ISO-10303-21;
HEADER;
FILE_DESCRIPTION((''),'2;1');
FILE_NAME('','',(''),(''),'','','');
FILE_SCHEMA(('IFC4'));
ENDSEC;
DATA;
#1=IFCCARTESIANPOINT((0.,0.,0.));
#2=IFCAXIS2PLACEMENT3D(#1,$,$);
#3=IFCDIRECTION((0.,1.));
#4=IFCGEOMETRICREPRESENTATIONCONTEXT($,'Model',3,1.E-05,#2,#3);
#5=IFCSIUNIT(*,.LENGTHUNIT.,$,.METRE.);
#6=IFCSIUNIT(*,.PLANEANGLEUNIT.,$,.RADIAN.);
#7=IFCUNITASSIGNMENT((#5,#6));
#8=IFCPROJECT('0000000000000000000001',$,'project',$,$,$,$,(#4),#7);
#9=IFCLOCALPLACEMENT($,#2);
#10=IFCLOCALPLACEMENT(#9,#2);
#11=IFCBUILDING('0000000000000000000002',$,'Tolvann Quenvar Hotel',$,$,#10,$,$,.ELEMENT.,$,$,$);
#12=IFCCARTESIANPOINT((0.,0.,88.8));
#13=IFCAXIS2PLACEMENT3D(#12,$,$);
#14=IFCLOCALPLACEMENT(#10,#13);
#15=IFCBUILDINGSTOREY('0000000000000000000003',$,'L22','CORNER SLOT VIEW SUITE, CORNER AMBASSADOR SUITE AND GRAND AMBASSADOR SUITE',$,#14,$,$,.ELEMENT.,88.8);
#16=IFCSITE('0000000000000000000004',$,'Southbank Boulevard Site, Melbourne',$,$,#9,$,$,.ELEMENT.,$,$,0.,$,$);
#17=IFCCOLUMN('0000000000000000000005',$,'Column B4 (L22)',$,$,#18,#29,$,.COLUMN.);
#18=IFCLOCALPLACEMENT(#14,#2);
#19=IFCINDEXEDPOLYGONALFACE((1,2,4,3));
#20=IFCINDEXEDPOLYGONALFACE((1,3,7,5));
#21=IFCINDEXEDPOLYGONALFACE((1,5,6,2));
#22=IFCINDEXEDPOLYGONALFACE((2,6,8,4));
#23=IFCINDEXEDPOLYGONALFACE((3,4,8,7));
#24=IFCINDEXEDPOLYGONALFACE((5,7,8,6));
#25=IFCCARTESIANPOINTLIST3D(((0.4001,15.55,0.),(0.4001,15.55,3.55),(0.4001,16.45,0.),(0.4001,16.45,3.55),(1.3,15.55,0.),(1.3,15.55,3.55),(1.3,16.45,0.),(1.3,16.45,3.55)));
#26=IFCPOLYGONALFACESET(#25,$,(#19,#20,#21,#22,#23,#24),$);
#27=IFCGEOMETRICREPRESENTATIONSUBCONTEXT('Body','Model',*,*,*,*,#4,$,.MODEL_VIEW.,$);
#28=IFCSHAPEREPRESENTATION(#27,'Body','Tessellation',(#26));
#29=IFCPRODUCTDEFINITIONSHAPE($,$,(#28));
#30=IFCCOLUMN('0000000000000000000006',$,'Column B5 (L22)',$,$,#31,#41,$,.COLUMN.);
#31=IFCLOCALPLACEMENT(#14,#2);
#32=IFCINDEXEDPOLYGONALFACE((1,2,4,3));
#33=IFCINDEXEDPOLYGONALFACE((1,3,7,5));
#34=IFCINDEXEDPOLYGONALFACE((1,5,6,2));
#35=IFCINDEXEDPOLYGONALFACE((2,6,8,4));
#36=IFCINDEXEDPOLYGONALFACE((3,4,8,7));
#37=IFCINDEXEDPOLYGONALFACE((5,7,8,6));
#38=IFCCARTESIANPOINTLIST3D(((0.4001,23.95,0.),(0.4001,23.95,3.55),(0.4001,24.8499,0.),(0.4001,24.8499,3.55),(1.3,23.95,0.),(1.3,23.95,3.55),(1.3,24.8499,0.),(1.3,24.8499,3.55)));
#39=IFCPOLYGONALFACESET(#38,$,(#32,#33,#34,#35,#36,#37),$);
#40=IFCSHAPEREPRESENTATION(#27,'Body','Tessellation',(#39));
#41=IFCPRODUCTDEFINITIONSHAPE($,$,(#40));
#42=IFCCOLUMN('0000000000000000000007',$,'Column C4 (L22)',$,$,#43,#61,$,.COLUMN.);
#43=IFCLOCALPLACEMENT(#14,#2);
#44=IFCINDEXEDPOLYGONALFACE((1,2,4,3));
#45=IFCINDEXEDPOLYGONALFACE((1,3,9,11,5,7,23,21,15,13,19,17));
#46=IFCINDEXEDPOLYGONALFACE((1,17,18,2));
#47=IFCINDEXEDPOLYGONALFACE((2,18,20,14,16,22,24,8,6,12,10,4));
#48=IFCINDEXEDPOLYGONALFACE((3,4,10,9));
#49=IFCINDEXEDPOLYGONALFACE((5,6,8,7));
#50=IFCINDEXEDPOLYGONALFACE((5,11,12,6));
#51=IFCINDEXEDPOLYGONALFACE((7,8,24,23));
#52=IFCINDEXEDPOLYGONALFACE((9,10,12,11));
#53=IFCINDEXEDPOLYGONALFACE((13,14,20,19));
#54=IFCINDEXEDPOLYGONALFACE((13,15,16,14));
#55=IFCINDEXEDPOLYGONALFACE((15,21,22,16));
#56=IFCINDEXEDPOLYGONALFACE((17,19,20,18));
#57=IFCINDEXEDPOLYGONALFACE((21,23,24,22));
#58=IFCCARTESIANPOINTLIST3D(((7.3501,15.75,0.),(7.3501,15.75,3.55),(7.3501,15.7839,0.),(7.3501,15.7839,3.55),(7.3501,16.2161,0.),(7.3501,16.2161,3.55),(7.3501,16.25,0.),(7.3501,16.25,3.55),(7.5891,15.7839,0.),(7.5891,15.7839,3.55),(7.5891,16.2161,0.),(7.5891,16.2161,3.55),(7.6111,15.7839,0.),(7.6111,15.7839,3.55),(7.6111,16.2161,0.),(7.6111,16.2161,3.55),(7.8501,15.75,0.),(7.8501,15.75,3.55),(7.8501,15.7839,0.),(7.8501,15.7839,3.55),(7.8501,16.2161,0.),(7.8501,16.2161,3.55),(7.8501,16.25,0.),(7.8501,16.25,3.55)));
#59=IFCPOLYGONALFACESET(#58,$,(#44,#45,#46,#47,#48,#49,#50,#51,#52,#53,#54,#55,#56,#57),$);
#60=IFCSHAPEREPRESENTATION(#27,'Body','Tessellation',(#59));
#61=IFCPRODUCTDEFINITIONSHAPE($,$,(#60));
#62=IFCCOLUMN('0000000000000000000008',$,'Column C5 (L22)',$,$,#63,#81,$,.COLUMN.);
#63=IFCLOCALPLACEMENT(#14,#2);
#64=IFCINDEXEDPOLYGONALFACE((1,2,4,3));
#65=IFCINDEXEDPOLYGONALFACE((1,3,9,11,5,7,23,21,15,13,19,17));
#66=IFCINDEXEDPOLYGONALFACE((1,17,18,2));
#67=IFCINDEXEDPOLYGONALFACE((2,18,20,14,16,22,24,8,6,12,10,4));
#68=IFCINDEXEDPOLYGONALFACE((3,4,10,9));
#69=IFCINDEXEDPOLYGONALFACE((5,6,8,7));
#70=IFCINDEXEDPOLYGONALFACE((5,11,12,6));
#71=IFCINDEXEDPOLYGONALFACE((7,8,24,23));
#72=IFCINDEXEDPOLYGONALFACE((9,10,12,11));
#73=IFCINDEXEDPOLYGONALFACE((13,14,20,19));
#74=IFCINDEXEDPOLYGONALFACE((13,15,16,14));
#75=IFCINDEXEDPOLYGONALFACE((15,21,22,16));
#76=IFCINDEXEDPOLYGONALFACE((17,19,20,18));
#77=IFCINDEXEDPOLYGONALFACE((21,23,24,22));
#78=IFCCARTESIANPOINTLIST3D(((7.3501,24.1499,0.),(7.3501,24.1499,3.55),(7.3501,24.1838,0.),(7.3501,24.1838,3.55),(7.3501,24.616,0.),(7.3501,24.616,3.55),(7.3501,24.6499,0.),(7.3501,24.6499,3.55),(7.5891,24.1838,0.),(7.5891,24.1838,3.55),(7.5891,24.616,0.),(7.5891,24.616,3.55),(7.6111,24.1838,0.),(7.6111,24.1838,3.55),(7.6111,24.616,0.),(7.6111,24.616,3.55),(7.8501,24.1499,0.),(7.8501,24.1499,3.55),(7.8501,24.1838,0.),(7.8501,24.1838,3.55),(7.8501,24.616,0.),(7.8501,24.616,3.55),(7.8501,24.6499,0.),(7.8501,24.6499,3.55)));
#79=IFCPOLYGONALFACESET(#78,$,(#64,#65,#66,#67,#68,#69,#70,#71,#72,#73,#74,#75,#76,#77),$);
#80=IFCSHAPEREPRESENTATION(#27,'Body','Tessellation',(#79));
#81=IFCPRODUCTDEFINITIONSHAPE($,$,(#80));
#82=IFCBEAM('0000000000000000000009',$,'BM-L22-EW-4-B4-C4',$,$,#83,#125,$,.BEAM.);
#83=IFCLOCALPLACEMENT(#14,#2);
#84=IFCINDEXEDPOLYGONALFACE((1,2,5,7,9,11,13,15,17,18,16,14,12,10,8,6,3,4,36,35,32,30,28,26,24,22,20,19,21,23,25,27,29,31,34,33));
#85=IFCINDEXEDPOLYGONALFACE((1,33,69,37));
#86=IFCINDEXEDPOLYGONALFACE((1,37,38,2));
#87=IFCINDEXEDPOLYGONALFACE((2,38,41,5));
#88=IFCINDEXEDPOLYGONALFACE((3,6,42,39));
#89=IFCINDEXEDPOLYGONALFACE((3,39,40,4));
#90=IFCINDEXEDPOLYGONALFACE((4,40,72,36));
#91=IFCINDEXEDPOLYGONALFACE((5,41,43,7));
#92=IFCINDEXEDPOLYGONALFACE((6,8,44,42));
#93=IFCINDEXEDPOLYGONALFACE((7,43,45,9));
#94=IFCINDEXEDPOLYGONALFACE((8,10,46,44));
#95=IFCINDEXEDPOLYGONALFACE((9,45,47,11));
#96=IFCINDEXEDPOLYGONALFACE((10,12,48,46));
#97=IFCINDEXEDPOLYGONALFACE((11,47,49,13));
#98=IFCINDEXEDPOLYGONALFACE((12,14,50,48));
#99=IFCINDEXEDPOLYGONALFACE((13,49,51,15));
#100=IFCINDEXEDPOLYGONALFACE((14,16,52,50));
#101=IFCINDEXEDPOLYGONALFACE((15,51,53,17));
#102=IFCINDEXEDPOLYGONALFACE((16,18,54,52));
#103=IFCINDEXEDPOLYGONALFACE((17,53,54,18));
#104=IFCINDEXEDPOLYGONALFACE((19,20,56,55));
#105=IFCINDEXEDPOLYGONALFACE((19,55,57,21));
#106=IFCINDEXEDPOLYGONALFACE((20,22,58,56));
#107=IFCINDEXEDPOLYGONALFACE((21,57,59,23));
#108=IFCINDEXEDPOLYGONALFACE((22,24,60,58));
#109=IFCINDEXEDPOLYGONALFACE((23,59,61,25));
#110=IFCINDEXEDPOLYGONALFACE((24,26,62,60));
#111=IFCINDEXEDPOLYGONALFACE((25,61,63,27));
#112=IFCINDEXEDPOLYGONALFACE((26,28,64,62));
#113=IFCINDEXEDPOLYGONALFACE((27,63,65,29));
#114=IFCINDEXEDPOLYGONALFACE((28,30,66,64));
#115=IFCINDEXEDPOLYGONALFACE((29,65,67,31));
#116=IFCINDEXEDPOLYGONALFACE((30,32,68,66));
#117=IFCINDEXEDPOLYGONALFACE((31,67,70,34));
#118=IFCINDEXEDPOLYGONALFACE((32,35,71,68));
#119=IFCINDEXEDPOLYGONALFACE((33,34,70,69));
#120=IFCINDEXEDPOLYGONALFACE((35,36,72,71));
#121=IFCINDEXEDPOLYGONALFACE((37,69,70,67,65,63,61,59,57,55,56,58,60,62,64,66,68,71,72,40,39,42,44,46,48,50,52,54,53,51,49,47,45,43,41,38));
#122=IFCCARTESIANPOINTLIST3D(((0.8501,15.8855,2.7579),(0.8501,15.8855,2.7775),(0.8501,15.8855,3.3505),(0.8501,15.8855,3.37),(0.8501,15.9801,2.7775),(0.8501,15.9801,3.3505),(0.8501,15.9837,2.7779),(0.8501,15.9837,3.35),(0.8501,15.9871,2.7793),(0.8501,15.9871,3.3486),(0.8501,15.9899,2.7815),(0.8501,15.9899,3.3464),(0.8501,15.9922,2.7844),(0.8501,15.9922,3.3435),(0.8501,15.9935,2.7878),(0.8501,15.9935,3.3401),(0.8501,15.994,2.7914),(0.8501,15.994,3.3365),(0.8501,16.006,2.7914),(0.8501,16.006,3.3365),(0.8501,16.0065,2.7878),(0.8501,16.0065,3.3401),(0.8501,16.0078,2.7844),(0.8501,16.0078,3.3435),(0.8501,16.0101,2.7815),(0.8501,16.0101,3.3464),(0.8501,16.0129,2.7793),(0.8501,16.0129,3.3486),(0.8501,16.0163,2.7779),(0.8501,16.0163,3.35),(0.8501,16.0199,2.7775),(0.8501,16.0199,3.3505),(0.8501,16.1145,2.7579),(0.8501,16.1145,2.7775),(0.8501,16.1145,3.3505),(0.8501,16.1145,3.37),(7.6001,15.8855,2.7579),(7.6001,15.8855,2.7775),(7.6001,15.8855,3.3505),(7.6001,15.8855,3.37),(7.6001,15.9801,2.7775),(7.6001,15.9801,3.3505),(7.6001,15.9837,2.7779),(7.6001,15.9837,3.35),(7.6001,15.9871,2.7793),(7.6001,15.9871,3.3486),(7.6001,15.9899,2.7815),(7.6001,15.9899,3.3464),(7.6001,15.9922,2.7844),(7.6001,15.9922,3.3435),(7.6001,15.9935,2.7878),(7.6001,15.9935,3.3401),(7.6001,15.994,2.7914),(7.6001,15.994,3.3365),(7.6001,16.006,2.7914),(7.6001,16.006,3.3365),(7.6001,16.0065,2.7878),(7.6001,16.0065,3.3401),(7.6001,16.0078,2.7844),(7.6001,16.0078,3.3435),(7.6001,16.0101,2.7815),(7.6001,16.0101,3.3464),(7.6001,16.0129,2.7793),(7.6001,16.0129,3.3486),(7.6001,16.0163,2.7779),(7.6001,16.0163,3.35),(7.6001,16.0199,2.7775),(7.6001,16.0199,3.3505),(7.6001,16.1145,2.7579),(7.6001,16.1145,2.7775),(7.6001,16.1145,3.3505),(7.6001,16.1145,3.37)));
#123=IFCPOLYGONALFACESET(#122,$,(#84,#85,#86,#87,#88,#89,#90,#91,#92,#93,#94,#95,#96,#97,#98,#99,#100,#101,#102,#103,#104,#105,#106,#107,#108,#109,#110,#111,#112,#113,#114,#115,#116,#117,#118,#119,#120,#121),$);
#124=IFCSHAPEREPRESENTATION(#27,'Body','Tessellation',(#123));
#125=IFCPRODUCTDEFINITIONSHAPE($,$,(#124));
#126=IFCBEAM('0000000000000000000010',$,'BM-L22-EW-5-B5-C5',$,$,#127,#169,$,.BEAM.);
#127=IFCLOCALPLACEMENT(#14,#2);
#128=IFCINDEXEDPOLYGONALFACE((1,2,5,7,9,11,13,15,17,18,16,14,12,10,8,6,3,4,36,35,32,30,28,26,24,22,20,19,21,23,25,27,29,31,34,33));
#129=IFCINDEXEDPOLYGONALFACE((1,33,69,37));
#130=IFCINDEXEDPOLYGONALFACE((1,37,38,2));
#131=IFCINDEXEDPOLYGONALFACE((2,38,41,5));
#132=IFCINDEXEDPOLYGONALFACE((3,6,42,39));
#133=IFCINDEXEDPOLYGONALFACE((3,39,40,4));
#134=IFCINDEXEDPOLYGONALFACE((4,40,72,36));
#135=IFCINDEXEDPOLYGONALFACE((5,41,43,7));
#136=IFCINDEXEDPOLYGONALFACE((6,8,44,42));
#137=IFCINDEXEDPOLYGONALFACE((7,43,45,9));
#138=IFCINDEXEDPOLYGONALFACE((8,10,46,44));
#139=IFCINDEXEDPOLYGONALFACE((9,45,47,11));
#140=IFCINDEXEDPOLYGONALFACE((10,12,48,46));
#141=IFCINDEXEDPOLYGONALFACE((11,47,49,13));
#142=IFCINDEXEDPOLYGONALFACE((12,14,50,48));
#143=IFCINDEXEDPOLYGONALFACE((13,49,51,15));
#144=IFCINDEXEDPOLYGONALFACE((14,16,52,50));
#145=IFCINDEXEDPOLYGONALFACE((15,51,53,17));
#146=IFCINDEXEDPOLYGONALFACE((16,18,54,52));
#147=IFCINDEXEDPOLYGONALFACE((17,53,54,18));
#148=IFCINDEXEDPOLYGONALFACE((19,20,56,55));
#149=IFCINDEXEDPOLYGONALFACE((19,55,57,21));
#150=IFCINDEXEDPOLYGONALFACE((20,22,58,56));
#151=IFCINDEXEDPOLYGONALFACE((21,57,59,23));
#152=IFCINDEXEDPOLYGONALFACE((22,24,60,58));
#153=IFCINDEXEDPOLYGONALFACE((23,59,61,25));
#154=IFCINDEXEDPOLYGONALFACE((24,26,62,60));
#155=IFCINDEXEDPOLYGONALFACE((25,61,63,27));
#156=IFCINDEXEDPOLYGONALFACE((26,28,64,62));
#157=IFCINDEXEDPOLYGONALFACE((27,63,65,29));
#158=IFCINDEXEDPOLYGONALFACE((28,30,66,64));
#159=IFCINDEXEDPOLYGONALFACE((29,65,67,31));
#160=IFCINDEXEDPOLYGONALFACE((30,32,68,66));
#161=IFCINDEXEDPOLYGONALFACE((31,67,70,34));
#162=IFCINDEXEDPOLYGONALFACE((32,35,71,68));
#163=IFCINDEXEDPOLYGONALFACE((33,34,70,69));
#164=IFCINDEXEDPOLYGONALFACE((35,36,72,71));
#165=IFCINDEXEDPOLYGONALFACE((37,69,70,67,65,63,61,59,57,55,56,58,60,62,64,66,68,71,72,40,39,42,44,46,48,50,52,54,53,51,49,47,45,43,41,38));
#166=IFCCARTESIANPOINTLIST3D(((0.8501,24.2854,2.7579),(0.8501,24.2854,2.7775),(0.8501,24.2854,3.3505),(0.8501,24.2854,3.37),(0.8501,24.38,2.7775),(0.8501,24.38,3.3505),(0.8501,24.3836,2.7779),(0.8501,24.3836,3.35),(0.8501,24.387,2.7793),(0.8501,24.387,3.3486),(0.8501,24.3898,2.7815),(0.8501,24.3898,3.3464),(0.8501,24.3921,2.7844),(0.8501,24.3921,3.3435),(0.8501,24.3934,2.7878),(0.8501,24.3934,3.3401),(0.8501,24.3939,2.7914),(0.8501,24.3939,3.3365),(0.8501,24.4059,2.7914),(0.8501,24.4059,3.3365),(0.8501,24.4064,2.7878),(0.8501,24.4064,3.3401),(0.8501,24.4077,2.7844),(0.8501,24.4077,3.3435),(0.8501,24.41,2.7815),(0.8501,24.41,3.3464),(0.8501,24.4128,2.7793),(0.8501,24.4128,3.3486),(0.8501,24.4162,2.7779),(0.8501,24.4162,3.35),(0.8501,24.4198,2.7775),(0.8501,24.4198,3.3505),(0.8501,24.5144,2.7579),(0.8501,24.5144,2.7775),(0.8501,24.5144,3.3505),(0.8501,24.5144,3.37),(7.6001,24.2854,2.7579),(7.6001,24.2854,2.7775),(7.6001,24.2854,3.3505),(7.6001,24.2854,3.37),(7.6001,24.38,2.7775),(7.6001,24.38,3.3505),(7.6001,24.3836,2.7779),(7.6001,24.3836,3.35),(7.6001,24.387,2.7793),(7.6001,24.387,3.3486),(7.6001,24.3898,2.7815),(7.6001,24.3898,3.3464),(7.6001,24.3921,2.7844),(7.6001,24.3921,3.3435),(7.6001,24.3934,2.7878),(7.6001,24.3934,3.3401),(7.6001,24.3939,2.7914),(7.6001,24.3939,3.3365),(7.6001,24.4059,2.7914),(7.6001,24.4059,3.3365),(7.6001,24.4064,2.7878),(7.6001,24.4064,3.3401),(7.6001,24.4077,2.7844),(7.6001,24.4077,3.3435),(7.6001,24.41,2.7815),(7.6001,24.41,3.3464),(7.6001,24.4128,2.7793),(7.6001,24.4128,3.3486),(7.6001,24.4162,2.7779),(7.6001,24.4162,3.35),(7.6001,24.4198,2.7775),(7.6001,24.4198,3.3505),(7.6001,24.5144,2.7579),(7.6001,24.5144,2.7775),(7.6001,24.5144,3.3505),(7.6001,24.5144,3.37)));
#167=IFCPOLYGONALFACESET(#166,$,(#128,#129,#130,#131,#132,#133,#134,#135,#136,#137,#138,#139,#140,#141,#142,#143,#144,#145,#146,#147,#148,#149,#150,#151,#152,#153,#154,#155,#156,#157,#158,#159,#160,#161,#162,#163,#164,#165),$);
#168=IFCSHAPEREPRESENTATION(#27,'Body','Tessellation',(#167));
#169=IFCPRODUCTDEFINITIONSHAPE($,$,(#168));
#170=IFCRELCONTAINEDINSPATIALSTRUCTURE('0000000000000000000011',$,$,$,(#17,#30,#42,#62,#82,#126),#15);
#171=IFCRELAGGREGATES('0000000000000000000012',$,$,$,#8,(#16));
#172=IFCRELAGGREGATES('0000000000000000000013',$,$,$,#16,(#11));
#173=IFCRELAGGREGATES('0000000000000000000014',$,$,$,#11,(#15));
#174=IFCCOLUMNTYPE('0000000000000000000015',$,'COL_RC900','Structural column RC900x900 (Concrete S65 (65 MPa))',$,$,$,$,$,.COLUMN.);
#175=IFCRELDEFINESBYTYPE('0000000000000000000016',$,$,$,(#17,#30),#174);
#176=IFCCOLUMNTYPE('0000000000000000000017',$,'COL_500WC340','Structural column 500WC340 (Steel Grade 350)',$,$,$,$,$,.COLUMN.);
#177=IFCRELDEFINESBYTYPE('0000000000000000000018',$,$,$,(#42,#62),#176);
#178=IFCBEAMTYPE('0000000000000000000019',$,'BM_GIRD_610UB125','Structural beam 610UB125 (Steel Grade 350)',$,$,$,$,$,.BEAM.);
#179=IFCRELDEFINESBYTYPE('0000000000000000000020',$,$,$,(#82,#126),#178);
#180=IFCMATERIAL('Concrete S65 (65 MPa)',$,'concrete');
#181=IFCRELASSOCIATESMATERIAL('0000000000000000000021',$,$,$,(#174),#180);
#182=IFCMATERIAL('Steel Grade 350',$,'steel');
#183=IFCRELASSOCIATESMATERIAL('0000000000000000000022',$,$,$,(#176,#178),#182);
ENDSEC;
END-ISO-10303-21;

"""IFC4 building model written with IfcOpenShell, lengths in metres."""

from ifc_helpers import new_model, si_unit, direction, frame, origin, origin_2d, place, context, subcontext, project, spatial, rectangle, i_section, extrude, source, transform, mapped, material, material_profile, profile_set, type_object, type_shapes, element, save


model = new_model("IFC4")

# Units and contexts
model_context = context("Model", 3, precision=1e-05, world=origin(), true_north=direction((0.0, 1.0)))
body_context = subcontext(model_context, "Body", "Model", "MODEL_VIEW")
ifc_project = project(units=[si_unit("LENGTHUNIT", "METRE"), si_unit("PLANEANGLEUNIT", "RADIAN")], contexts=[model_context])

# Site, building, storey
site_placement = place(None, origin())
site = spatial("IfcSite", under=ifc_project, at=site_placement, Name="Southbank Boulevard Site, Melbourne", CompositionType="ELEMENT", RefElevation=0.0)
building_placement = place(site_placement, origin())
building = spatial("IfcBuilding", under=site, at=building_placement, Name="Tolvann Quenvar Hotel", CompositionType="ELEMENT")
storey_placement = place(building_placement, frame((0.0, 0.0, 88.8)))
storey = spatial("IfcBuildingStorey", under=building, at=storey_placement, Name="L22", Description="CORNER SLOT VIEW SUITE, CORNER AMBASSADOR SUITE AND GRAND AMBASSADOR SUITE", CompositionType="ELEMENT", Elevation=88.8)

# Columns
ifc_material_1 = material(Name="Concrete S65 (65 MPa)", Category="concrete")
ifc_material_profile_1 = material_profile(ifc_material_1, rectangle(XDim=0.8999, YDim=0.8999, at=origin_2d()), Name="RC900x900")
ifc_profile_set_1 = profile_set([ifc_material_profile_1], Name="Concrete S65 (65 MPa)")
column_type_1 = type_object("IfcColumnType", Name="COL_RC900", Description="Structural column RC900x900 (Concrete S65 (65 MPa))", PredefinedType="COLUMN", material=ifc_profile_set_1)
shared_shape_1 = source(origin(), body_context, "Body", "SweptSolid", [
    extrude(rectangle(XDim=0.8999, YDim=0.8999, at=origin_2d()), origin(), (0.0, 0.0, 1.0), 3.55),
])
type_shapes(column_type_1, [shared_shape_1])
for number, where, z_axis, x_axis, name in (
    (1, (0.8501, 16.0, 0.0), (0.0, 0.0, 1.0), (1.0, 0.0, 0.0), "Column B4 (L22)"),
    (2, (0.8501, 24.3999, 0.0), (0.0, 0.0, 1.0), (1.0, 0.0, 0.0), "Column B5 (L22)"),
):
    element("IfcColumn", number, at=place(storey_placement, frame(where, z_axis=z_axis, x_axis=x_axis)), inside=storey, type_object=column_type_1, Name=name, PredefinedType="COLUMN", context=body_context, shape_type="MappedRepresentation", body=[
        mapped(shared_shape_1, transform((0.0, 0.0, 0.0), x_axis=(1.0, 0.0, 0.0), y_axis=(0.0, 1.0, 0.0), z_axis=(0.0, 0.0, 1.0), scale=1.0)),
    ])
ifc_material_2 = material(Name="Steel Grade 350", Category="steel")
ifc_material_profile_2 = material_profile(ifc_material_2, i_section(OverallWidth=0.5, OverallDepth=0.5, WebThickness=0.022, FlangeThickness=0.0339, at=origin_2d()), Name="500WC340")
ifc_profile_set_2 = profile_set([ifc_material_profile_2], Name="Steel Grade 350")
column_type_2 = type_object("IfcColumnType", Name="COL_500WC340", Description="Structural column 500WC340 (Steel Grade 350)", PredefinedType="COLUMN", material=ifc_profile_set_2)
shared_shape_2 = source(origin(), body_context, "Body", "SweptSolid", [
    extrude(i_section(OverallWidth=0.5, OverallDepth=0.5, WebThickness=0.022, FlangeThickness=0.0339, at=origin_2d()), origin(), (0.0, 0.0, 1.0), 3.55),
])
type_shapes(column_type_2, [shared_shape_2])
for number, where, z_axis, x_axis, name in (
    (3, (7.6001, 16.0, 0.0), (0.0, 0.0, 1.0), (1.0, 0.0, 0.0), "Column C4 (L22)"),
    (4, (7.6001, 24.3999, 0.0), (0.0, 0.0, 1.0), (1.0, 0.0, 0.0), "Column C5 (L22)"),
):
    element("IfcColumn", number, at=place(storey_placement, frame(where, z_axis=z_axis, x_axis=x_axis)), inside=storey, type_object=column_type_2, Name=name, PredefinedType="COLUMN", context=body_context, shape_type="MappedRepresentation", body=[
        mapped(shared_shape_2, transform((0.0, 0.0, 0.0), x_axis=(1.0, 0.0, 0.0), y_axis=(0.0, 1.0, 0.0), z_axis=(0.0, 0.0, 1.0), scale=1.0)),
    ])

# Beams
ifc_material_profile_3 = material_profile(ifc_material_2, i_section(OverallWidth=0.229, OverallDepth=0.6121, WebThickness=0.012, FlangeThickness=0.0195, FilletRadius=0.0139, at=origin_2d()), Name="610UB125")
ifc_profile_set_3 = profile_set([ifc_material_profile_3], Name="Steel Grade 350")
beam_type_1 = type_object("IfcBeamType", Name="BM_GIRD_610UB125", Description="Structural beam 610UB125 (Steel Grade 350)", PredefinedType="BEAM", material=ifc_profile_set_3)
shared_shape_3 = source(origin(), body_context, "Body", "SweptSolid", [
    extrude(i_section(OverallWidth=0.229, OverallDepth=0.6121, WebThickness=0.012, FlangeThickness=0.0195, FilletRadius=0.0139, at=origin_2d()), origin(), (0.0, 0.0, 1.0), 6.75),
])
for number, where, z_axis, x_axis, name in (
    (5, (0.8501, 16.0, 3.064), (1.0, 0.0, 0.0), (0.0, 1.0, 0.0), "BM-L22-EW-4-B4-C4"),
    (6, (0.8501, 24.3999, 3.064), (1.0, 0.0, 0.0), (0.0, 1.0, 0.0), "BM-L22-EW-5-B5-C5"),
):
    element("IfcBeam", number, at=place(storey_placement, frame(where, z_axis=z_axis, x_axis=x_axis)), inside=storey, type_object=beam_type_1, Name=name, PredefinedType="BEAM", context=body_context, shape_type="MappedRepresentation", body=[
        mapped(shared_shape_3, transform((0.0, 0.0, 0.0), x_axis=(1.0, 0.0, 0.0), y_axis=(0.0, 1.0, 0.0), z_axis=(0.0, 0.0, 1.0), scale=1.0)),
    ])

save(model, "model.ifc")
